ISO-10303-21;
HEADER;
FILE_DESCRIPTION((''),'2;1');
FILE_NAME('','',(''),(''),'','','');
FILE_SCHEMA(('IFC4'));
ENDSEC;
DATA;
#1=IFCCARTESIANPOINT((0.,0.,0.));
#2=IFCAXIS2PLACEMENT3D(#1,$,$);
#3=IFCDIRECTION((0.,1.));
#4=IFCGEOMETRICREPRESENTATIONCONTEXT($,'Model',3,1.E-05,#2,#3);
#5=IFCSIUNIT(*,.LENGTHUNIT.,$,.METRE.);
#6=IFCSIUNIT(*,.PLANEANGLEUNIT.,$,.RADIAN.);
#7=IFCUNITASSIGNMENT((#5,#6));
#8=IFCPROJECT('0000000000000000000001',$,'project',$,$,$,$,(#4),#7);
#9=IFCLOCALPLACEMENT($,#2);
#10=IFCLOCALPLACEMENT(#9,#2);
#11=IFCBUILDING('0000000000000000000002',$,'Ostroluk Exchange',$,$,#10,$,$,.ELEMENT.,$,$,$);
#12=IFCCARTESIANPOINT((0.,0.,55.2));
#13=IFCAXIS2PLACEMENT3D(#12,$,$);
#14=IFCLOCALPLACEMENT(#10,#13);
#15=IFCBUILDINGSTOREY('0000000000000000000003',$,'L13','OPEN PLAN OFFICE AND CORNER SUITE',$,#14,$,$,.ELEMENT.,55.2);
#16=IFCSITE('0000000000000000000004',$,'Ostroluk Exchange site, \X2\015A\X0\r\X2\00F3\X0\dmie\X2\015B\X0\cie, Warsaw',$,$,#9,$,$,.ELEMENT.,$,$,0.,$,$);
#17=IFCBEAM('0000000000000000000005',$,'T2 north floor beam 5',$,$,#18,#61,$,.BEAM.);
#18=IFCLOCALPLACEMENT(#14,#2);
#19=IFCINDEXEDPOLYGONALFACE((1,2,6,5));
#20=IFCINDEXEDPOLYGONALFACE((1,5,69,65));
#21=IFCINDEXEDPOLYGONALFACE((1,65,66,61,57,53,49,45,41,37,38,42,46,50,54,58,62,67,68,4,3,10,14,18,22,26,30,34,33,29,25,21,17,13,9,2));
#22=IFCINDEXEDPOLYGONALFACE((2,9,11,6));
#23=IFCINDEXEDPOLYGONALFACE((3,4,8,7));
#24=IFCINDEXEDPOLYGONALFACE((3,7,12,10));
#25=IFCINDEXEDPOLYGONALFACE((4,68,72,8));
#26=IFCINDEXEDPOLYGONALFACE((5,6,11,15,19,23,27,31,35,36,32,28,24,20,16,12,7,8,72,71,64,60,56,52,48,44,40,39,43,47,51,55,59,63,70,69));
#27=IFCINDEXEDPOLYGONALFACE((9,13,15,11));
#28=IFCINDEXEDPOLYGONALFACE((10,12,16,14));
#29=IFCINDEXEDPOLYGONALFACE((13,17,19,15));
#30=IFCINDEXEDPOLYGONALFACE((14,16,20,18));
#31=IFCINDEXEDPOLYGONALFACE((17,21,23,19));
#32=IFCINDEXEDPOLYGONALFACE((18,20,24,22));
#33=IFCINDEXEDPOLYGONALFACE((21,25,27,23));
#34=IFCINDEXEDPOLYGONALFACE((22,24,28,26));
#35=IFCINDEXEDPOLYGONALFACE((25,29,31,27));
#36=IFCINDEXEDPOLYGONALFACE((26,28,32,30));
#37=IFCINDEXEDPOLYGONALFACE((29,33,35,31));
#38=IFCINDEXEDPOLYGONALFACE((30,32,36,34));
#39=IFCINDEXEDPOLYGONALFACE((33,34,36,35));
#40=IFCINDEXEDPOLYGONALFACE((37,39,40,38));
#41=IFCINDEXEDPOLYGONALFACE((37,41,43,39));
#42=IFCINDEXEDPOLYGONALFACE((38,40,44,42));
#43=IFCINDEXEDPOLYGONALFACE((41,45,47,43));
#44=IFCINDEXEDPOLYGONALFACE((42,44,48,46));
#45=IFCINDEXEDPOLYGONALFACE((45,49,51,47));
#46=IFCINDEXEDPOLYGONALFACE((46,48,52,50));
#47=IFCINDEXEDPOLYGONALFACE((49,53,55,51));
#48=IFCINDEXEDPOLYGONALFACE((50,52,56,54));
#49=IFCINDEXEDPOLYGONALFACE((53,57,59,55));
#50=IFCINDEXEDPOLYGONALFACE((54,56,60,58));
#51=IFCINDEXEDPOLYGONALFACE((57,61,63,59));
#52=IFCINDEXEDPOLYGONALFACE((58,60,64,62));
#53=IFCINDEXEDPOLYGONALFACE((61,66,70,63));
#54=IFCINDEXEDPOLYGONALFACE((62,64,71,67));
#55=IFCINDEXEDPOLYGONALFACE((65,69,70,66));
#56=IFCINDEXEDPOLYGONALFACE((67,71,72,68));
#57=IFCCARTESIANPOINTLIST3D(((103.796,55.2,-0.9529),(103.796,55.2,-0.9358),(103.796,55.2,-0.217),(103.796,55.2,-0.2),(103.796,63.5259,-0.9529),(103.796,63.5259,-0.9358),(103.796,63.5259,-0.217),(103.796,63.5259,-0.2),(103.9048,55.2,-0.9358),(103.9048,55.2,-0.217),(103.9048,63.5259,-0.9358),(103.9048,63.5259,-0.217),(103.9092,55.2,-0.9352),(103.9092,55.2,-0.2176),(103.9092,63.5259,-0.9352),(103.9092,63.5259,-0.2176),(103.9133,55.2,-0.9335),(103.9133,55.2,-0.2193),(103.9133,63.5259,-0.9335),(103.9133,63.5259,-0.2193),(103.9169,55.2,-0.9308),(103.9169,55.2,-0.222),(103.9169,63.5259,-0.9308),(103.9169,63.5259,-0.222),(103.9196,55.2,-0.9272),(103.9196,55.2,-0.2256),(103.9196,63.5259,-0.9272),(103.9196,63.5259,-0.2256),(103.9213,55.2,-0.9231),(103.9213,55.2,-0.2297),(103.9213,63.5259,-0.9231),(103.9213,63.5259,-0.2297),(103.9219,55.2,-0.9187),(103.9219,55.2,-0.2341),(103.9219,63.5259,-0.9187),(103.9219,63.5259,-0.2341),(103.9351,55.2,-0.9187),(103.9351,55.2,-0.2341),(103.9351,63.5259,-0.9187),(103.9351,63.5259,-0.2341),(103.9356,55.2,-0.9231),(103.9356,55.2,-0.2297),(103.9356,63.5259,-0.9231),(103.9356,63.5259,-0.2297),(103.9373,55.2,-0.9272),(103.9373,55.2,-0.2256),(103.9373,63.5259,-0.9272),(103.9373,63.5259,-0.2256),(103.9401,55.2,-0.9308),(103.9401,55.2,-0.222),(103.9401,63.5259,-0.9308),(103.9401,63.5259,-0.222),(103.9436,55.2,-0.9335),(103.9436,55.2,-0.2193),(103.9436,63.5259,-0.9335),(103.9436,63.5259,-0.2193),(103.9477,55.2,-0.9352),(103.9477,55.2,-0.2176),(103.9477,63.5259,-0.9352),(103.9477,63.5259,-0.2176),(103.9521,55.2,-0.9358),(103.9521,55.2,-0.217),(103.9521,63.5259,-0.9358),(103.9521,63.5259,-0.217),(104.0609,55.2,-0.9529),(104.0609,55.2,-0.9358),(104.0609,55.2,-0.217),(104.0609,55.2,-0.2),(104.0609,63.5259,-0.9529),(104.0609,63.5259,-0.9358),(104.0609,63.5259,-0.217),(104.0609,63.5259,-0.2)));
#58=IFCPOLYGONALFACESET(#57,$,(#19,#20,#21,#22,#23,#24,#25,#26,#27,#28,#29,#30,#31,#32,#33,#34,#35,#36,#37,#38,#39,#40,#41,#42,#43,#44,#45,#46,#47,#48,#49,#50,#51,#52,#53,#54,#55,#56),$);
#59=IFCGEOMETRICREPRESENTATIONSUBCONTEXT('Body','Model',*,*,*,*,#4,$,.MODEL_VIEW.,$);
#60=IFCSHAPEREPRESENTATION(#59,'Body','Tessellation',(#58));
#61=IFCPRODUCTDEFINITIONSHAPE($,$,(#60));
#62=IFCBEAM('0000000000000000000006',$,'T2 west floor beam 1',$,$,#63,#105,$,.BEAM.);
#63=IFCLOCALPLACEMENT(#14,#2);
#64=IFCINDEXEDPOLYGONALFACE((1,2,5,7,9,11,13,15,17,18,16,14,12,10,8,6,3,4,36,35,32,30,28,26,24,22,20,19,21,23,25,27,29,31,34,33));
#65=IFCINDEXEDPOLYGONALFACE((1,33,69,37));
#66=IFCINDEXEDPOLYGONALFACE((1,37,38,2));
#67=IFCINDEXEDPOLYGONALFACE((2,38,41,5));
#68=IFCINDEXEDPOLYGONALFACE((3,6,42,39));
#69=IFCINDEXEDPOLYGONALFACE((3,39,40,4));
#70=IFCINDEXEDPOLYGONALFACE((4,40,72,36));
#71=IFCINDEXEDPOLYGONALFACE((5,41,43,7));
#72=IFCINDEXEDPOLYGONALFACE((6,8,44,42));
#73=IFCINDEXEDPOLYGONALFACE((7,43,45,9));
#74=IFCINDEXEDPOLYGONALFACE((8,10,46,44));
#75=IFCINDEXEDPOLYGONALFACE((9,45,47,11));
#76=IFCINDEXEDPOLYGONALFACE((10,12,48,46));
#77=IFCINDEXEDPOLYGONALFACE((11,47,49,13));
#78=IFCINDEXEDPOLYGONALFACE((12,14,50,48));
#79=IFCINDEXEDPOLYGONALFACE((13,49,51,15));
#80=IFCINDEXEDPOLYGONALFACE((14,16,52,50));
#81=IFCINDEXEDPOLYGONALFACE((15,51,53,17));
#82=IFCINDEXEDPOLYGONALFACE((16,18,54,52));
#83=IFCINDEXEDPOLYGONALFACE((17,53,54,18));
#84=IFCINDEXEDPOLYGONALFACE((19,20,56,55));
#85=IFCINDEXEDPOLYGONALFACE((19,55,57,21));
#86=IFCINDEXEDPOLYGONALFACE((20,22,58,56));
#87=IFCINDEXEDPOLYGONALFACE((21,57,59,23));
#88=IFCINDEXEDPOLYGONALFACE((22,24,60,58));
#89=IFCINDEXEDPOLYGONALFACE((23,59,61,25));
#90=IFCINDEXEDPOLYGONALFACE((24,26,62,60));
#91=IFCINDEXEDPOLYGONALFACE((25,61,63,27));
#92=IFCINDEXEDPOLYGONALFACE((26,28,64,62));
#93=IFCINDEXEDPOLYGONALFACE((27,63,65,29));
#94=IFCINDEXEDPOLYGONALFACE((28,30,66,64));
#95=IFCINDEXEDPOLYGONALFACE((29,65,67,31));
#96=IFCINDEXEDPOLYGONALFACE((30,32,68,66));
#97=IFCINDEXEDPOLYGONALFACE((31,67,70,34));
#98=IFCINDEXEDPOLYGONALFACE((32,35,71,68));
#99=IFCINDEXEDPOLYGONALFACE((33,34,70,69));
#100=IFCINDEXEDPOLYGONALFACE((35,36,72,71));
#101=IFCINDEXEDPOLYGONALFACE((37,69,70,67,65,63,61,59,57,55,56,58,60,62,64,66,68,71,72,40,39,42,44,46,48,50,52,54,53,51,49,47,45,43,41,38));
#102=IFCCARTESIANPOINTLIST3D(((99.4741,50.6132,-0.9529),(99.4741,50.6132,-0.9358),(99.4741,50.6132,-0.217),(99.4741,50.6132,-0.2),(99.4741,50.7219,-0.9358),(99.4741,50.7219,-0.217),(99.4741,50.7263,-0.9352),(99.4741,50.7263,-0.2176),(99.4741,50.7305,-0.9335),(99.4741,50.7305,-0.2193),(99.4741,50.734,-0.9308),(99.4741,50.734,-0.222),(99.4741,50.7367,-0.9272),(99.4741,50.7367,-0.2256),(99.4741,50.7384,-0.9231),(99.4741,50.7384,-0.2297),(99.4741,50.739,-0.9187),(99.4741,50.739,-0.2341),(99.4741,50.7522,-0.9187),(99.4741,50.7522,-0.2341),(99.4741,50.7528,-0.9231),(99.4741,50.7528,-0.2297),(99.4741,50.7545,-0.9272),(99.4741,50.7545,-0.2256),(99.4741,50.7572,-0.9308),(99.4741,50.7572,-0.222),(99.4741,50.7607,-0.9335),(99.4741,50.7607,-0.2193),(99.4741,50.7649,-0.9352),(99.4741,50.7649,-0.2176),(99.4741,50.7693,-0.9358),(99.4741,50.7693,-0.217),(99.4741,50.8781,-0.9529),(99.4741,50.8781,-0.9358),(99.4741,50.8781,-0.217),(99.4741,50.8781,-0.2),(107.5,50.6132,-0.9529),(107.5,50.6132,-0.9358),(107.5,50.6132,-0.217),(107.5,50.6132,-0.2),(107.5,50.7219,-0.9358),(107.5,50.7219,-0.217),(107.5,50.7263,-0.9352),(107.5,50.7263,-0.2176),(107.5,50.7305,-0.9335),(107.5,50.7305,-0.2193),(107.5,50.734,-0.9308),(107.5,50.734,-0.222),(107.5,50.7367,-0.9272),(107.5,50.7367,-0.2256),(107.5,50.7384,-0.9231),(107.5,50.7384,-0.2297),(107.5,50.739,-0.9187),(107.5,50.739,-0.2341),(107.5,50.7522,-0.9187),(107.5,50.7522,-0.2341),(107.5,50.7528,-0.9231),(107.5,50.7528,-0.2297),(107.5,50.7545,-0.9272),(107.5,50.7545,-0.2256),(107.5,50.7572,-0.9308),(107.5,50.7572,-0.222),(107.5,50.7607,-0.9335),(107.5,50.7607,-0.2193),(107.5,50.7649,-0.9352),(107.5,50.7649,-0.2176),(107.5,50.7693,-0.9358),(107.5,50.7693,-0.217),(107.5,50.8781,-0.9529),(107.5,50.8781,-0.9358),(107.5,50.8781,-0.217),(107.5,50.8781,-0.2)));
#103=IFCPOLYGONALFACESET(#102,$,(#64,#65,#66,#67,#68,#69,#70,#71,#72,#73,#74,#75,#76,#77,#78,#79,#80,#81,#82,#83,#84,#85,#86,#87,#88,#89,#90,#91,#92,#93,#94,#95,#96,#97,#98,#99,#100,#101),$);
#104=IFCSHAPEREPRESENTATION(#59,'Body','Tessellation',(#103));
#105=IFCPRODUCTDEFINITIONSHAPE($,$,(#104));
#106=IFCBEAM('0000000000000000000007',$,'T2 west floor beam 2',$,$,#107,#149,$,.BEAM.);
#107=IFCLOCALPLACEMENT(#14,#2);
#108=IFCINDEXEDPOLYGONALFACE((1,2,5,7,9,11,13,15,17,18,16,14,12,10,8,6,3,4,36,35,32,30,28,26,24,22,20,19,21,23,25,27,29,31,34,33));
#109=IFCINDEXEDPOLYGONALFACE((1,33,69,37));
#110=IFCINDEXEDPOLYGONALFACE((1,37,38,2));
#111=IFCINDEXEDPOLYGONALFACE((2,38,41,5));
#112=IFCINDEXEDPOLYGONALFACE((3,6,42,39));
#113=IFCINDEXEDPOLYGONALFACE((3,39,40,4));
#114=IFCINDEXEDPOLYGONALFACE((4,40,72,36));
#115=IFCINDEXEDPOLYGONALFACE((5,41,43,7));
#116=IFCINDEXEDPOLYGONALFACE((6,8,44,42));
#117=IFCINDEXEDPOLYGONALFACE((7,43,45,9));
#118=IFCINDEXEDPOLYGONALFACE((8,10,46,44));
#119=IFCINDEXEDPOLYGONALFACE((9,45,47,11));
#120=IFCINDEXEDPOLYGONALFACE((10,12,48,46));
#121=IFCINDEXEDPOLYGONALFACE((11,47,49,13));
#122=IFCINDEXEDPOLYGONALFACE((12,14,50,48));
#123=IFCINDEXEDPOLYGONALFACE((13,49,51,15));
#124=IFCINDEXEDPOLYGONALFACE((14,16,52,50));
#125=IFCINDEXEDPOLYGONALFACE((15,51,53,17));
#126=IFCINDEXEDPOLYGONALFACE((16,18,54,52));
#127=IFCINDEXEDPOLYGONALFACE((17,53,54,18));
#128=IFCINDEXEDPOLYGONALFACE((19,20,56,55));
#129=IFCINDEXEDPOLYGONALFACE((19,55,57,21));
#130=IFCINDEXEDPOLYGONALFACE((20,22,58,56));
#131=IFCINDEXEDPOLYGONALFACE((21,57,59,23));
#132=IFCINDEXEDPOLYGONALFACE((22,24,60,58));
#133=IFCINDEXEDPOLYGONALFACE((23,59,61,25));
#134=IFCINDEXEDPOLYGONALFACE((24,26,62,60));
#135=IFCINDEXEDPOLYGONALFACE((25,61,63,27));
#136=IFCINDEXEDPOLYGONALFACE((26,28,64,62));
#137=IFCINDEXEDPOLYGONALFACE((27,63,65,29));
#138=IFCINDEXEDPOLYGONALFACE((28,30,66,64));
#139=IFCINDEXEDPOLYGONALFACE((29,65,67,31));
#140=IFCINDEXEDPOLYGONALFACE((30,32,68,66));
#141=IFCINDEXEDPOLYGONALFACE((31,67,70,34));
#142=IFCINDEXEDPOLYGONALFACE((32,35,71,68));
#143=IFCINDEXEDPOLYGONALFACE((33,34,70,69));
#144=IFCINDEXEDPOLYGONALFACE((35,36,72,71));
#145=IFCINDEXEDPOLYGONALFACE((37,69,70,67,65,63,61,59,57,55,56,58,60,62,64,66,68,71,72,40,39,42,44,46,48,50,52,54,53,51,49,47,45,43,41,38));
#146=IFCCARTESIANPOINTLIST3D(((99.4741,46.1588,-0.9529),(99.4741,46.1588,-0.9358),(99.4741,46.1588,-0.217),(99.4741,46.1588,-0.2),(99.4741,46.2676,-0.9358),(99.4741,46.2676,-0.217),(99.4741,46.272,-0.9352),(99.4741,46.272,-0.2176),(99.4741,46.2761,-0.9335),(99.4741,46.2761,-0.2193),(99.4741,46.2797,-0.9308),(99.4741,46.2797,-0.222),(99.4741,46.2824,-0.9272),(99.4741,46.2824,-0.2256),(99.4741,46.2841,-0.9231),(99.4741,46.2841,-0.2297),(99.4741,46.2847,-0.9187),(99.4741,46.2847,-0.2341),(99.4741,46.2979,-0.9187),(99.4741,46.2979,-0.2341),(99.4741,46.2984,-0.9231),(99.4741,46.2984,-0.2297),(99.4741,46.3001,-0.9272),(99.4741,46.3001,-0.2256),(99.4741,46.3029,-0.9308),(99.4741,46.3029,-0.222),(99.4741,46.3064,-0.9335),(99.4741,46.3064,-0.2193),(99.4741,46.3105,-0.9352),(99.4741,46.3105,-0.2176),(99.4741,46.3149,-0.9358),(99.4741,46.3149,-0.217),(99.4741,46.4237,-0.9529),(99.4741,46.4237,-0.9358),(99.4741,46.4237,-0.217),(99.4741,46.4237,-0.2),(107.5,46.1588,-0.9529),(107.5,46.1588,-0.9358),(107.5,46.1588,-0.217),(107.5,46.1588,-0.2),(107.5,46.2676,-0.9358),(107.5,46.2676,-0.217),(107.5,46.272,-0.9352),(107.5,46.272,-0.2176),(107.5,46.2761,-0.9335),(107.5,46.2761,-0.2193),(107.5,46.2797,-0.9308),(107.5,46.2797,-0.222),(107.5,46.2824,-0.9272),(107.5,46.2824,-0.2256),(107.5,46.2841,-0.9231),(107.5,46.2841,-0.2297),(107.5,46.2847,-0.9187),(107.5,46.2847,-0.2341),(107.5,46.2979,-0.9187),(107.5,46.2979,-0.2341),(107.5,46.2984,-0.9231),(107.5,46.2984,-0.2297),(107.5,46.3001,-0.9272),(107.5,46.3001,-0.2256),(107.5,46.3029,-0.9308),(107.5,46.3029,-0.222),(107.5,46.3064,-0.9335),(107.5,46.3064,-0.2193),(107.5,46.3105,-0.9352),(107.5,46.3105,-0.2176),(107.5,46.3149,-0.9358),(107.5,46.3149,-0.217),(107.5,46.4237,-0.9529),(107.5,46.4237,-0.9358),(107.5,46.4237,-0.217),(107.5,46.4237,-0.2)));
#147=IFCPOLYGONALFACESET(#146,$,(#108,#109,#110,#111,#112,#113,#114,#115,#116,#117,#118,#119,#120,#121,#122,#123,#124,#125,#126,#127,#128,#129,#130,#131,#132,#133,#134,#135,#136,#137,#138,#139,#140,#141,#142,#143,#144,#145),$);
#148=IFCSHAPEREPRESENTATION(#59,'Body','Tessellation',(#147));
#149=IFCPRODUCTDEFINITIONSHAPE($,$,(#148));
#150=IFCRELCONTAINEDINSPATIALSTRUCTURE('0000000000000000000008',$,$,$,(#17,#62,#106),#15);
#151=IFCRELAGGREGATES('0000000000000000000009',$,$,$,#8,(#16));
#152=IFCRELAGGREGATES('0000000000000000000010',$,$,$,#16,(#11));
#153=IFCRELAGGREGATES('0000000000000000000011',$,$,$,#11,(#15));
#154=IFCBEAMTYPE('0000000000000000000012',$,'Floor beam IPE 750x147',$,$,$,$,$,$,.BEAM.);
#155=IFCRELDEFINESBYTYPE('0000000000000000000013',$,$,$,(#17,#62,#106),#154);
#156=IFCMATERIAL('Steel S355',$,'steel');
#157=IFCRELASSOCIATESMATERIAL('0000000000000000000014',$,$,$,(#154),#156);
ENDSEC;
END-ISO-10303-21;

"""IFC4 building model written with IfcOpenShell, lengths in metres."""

from ifc_helpers import new_model, si_unit, direction, frame, origin, origin_2d, place, context, subcontext, project, spatial, i_section, extrude, material, material_profile, profile_set, type_object, element, save


model = new_model("IFC4")

# Units and contexts
model_context = context("Model", 3, precision=1e-05, world=origin(), true_north=direction((0.0, 1.0)))
body_context = subcontext(model_context, "Body", "Model", "MODEL_VIEW")
ifc_project = project(units=[si_unit("LENGTHUNIT", "METRE"), si_unit("PLANEANGLEUNIT", "RADIAN")], contexts=[model_context])

# Site, building, storey
site_placement = place(None, origin())
site = spatial("IfcSite", under=ifc_project, at=site_placement, Name="Ostroluk Exchange site, Śródmieście, Warsaw", CompositionType="ELEMENT", RefElevation=0.0)
building_placement = place(site_placement, origin())
building = spatial("IfcBuilding", under=site, at=building_placement, Name="Ostroluk Exchange", CompositionType="ELEMENT")
storey_placement = place(building_placement, frame((0.0, 0.0, 55.2)))
storey = spatial("IfcBuildingStorey", under=building, at=storey_placement, Name="L13", Description="OPEN PLAN OFFICE AND CORNER SUITE", CompositionType="ELEMENT", Elevation=55.2)

# Beams
ifc_material_1 = material(Name="Steel S355", Category="steel")
ifc_material_profile = material_profile(ifc_material_1, i_section(OverallWidth=0.2649, OverallDepth=0.7529, WebThickness=0.0132, FlangeThickness=0.0171, FilletRadius=0.0171, at=origin_2d()), Name="IPE 750x147")
ifc_profile_set = profile_set([ifc_material_profile], Name="Steel S355")
beam_type = type_object("IfcBeamType", Name="Floor beam IPE 750x147", PredefinedType="BEAM", material=ifc_profile_set)
beam_placement = place(storey_placement, frame((103.9285, 55.2, -0.5764), z_axis=(0.0, 1.0, 0.0), x_axis=(-1.0, 0.0, 0.0)))
element("IfcBeam", 1, at=beam_placement, inside=storey, type_object=beam_type, Name="T2 north floor beam 5", PredefinedType="BEAM", context=body_context, shape_type="SweptSolid", body=[
    extrude(i_section(OverallWidth=0.2649, OverallDepth=0.7529, WebThickness=0.0132, FlangeThickness=0.0171, FilletRadius=0.0171, at=origin_2d()), origin(), (0.0, 0.0, 1.0), 8.3259),
])
for number, where, z_axis, x_axis, name in (
    (2, (107.5, 50.7456, -0.5764), (-1.0, 0.0, 0.0), (0.0, -1.0, 0.0), "T2 west floor beam 1"),
    (3, (107.5, 46.2913, -0.5764), (-1.0, 0.0, 0.0), (0.0, -1.0, 0.0), "T2 west floor beam 2"),
):
    element("IfcBeam", number, at=place(storey_placement, frame(where, z_axis=z_axis, x_axis=x_axis)), inside=storey, type_object=beam_type, Name=name, PredefinedType="BEAM", context=body_context, shape_type="SweptSolid", body=[
        extrude(i_section(OverallWidth=0.2649, OverallDepth=0.7529, WebThickness=0.0132, FlangeThickness=0.0171, FilletRadius=0.0171, at=origin_2d()), origin(), (0.0, 0.0, 1.0), 8.0259),
    ])

save(model, "model.ifc")
